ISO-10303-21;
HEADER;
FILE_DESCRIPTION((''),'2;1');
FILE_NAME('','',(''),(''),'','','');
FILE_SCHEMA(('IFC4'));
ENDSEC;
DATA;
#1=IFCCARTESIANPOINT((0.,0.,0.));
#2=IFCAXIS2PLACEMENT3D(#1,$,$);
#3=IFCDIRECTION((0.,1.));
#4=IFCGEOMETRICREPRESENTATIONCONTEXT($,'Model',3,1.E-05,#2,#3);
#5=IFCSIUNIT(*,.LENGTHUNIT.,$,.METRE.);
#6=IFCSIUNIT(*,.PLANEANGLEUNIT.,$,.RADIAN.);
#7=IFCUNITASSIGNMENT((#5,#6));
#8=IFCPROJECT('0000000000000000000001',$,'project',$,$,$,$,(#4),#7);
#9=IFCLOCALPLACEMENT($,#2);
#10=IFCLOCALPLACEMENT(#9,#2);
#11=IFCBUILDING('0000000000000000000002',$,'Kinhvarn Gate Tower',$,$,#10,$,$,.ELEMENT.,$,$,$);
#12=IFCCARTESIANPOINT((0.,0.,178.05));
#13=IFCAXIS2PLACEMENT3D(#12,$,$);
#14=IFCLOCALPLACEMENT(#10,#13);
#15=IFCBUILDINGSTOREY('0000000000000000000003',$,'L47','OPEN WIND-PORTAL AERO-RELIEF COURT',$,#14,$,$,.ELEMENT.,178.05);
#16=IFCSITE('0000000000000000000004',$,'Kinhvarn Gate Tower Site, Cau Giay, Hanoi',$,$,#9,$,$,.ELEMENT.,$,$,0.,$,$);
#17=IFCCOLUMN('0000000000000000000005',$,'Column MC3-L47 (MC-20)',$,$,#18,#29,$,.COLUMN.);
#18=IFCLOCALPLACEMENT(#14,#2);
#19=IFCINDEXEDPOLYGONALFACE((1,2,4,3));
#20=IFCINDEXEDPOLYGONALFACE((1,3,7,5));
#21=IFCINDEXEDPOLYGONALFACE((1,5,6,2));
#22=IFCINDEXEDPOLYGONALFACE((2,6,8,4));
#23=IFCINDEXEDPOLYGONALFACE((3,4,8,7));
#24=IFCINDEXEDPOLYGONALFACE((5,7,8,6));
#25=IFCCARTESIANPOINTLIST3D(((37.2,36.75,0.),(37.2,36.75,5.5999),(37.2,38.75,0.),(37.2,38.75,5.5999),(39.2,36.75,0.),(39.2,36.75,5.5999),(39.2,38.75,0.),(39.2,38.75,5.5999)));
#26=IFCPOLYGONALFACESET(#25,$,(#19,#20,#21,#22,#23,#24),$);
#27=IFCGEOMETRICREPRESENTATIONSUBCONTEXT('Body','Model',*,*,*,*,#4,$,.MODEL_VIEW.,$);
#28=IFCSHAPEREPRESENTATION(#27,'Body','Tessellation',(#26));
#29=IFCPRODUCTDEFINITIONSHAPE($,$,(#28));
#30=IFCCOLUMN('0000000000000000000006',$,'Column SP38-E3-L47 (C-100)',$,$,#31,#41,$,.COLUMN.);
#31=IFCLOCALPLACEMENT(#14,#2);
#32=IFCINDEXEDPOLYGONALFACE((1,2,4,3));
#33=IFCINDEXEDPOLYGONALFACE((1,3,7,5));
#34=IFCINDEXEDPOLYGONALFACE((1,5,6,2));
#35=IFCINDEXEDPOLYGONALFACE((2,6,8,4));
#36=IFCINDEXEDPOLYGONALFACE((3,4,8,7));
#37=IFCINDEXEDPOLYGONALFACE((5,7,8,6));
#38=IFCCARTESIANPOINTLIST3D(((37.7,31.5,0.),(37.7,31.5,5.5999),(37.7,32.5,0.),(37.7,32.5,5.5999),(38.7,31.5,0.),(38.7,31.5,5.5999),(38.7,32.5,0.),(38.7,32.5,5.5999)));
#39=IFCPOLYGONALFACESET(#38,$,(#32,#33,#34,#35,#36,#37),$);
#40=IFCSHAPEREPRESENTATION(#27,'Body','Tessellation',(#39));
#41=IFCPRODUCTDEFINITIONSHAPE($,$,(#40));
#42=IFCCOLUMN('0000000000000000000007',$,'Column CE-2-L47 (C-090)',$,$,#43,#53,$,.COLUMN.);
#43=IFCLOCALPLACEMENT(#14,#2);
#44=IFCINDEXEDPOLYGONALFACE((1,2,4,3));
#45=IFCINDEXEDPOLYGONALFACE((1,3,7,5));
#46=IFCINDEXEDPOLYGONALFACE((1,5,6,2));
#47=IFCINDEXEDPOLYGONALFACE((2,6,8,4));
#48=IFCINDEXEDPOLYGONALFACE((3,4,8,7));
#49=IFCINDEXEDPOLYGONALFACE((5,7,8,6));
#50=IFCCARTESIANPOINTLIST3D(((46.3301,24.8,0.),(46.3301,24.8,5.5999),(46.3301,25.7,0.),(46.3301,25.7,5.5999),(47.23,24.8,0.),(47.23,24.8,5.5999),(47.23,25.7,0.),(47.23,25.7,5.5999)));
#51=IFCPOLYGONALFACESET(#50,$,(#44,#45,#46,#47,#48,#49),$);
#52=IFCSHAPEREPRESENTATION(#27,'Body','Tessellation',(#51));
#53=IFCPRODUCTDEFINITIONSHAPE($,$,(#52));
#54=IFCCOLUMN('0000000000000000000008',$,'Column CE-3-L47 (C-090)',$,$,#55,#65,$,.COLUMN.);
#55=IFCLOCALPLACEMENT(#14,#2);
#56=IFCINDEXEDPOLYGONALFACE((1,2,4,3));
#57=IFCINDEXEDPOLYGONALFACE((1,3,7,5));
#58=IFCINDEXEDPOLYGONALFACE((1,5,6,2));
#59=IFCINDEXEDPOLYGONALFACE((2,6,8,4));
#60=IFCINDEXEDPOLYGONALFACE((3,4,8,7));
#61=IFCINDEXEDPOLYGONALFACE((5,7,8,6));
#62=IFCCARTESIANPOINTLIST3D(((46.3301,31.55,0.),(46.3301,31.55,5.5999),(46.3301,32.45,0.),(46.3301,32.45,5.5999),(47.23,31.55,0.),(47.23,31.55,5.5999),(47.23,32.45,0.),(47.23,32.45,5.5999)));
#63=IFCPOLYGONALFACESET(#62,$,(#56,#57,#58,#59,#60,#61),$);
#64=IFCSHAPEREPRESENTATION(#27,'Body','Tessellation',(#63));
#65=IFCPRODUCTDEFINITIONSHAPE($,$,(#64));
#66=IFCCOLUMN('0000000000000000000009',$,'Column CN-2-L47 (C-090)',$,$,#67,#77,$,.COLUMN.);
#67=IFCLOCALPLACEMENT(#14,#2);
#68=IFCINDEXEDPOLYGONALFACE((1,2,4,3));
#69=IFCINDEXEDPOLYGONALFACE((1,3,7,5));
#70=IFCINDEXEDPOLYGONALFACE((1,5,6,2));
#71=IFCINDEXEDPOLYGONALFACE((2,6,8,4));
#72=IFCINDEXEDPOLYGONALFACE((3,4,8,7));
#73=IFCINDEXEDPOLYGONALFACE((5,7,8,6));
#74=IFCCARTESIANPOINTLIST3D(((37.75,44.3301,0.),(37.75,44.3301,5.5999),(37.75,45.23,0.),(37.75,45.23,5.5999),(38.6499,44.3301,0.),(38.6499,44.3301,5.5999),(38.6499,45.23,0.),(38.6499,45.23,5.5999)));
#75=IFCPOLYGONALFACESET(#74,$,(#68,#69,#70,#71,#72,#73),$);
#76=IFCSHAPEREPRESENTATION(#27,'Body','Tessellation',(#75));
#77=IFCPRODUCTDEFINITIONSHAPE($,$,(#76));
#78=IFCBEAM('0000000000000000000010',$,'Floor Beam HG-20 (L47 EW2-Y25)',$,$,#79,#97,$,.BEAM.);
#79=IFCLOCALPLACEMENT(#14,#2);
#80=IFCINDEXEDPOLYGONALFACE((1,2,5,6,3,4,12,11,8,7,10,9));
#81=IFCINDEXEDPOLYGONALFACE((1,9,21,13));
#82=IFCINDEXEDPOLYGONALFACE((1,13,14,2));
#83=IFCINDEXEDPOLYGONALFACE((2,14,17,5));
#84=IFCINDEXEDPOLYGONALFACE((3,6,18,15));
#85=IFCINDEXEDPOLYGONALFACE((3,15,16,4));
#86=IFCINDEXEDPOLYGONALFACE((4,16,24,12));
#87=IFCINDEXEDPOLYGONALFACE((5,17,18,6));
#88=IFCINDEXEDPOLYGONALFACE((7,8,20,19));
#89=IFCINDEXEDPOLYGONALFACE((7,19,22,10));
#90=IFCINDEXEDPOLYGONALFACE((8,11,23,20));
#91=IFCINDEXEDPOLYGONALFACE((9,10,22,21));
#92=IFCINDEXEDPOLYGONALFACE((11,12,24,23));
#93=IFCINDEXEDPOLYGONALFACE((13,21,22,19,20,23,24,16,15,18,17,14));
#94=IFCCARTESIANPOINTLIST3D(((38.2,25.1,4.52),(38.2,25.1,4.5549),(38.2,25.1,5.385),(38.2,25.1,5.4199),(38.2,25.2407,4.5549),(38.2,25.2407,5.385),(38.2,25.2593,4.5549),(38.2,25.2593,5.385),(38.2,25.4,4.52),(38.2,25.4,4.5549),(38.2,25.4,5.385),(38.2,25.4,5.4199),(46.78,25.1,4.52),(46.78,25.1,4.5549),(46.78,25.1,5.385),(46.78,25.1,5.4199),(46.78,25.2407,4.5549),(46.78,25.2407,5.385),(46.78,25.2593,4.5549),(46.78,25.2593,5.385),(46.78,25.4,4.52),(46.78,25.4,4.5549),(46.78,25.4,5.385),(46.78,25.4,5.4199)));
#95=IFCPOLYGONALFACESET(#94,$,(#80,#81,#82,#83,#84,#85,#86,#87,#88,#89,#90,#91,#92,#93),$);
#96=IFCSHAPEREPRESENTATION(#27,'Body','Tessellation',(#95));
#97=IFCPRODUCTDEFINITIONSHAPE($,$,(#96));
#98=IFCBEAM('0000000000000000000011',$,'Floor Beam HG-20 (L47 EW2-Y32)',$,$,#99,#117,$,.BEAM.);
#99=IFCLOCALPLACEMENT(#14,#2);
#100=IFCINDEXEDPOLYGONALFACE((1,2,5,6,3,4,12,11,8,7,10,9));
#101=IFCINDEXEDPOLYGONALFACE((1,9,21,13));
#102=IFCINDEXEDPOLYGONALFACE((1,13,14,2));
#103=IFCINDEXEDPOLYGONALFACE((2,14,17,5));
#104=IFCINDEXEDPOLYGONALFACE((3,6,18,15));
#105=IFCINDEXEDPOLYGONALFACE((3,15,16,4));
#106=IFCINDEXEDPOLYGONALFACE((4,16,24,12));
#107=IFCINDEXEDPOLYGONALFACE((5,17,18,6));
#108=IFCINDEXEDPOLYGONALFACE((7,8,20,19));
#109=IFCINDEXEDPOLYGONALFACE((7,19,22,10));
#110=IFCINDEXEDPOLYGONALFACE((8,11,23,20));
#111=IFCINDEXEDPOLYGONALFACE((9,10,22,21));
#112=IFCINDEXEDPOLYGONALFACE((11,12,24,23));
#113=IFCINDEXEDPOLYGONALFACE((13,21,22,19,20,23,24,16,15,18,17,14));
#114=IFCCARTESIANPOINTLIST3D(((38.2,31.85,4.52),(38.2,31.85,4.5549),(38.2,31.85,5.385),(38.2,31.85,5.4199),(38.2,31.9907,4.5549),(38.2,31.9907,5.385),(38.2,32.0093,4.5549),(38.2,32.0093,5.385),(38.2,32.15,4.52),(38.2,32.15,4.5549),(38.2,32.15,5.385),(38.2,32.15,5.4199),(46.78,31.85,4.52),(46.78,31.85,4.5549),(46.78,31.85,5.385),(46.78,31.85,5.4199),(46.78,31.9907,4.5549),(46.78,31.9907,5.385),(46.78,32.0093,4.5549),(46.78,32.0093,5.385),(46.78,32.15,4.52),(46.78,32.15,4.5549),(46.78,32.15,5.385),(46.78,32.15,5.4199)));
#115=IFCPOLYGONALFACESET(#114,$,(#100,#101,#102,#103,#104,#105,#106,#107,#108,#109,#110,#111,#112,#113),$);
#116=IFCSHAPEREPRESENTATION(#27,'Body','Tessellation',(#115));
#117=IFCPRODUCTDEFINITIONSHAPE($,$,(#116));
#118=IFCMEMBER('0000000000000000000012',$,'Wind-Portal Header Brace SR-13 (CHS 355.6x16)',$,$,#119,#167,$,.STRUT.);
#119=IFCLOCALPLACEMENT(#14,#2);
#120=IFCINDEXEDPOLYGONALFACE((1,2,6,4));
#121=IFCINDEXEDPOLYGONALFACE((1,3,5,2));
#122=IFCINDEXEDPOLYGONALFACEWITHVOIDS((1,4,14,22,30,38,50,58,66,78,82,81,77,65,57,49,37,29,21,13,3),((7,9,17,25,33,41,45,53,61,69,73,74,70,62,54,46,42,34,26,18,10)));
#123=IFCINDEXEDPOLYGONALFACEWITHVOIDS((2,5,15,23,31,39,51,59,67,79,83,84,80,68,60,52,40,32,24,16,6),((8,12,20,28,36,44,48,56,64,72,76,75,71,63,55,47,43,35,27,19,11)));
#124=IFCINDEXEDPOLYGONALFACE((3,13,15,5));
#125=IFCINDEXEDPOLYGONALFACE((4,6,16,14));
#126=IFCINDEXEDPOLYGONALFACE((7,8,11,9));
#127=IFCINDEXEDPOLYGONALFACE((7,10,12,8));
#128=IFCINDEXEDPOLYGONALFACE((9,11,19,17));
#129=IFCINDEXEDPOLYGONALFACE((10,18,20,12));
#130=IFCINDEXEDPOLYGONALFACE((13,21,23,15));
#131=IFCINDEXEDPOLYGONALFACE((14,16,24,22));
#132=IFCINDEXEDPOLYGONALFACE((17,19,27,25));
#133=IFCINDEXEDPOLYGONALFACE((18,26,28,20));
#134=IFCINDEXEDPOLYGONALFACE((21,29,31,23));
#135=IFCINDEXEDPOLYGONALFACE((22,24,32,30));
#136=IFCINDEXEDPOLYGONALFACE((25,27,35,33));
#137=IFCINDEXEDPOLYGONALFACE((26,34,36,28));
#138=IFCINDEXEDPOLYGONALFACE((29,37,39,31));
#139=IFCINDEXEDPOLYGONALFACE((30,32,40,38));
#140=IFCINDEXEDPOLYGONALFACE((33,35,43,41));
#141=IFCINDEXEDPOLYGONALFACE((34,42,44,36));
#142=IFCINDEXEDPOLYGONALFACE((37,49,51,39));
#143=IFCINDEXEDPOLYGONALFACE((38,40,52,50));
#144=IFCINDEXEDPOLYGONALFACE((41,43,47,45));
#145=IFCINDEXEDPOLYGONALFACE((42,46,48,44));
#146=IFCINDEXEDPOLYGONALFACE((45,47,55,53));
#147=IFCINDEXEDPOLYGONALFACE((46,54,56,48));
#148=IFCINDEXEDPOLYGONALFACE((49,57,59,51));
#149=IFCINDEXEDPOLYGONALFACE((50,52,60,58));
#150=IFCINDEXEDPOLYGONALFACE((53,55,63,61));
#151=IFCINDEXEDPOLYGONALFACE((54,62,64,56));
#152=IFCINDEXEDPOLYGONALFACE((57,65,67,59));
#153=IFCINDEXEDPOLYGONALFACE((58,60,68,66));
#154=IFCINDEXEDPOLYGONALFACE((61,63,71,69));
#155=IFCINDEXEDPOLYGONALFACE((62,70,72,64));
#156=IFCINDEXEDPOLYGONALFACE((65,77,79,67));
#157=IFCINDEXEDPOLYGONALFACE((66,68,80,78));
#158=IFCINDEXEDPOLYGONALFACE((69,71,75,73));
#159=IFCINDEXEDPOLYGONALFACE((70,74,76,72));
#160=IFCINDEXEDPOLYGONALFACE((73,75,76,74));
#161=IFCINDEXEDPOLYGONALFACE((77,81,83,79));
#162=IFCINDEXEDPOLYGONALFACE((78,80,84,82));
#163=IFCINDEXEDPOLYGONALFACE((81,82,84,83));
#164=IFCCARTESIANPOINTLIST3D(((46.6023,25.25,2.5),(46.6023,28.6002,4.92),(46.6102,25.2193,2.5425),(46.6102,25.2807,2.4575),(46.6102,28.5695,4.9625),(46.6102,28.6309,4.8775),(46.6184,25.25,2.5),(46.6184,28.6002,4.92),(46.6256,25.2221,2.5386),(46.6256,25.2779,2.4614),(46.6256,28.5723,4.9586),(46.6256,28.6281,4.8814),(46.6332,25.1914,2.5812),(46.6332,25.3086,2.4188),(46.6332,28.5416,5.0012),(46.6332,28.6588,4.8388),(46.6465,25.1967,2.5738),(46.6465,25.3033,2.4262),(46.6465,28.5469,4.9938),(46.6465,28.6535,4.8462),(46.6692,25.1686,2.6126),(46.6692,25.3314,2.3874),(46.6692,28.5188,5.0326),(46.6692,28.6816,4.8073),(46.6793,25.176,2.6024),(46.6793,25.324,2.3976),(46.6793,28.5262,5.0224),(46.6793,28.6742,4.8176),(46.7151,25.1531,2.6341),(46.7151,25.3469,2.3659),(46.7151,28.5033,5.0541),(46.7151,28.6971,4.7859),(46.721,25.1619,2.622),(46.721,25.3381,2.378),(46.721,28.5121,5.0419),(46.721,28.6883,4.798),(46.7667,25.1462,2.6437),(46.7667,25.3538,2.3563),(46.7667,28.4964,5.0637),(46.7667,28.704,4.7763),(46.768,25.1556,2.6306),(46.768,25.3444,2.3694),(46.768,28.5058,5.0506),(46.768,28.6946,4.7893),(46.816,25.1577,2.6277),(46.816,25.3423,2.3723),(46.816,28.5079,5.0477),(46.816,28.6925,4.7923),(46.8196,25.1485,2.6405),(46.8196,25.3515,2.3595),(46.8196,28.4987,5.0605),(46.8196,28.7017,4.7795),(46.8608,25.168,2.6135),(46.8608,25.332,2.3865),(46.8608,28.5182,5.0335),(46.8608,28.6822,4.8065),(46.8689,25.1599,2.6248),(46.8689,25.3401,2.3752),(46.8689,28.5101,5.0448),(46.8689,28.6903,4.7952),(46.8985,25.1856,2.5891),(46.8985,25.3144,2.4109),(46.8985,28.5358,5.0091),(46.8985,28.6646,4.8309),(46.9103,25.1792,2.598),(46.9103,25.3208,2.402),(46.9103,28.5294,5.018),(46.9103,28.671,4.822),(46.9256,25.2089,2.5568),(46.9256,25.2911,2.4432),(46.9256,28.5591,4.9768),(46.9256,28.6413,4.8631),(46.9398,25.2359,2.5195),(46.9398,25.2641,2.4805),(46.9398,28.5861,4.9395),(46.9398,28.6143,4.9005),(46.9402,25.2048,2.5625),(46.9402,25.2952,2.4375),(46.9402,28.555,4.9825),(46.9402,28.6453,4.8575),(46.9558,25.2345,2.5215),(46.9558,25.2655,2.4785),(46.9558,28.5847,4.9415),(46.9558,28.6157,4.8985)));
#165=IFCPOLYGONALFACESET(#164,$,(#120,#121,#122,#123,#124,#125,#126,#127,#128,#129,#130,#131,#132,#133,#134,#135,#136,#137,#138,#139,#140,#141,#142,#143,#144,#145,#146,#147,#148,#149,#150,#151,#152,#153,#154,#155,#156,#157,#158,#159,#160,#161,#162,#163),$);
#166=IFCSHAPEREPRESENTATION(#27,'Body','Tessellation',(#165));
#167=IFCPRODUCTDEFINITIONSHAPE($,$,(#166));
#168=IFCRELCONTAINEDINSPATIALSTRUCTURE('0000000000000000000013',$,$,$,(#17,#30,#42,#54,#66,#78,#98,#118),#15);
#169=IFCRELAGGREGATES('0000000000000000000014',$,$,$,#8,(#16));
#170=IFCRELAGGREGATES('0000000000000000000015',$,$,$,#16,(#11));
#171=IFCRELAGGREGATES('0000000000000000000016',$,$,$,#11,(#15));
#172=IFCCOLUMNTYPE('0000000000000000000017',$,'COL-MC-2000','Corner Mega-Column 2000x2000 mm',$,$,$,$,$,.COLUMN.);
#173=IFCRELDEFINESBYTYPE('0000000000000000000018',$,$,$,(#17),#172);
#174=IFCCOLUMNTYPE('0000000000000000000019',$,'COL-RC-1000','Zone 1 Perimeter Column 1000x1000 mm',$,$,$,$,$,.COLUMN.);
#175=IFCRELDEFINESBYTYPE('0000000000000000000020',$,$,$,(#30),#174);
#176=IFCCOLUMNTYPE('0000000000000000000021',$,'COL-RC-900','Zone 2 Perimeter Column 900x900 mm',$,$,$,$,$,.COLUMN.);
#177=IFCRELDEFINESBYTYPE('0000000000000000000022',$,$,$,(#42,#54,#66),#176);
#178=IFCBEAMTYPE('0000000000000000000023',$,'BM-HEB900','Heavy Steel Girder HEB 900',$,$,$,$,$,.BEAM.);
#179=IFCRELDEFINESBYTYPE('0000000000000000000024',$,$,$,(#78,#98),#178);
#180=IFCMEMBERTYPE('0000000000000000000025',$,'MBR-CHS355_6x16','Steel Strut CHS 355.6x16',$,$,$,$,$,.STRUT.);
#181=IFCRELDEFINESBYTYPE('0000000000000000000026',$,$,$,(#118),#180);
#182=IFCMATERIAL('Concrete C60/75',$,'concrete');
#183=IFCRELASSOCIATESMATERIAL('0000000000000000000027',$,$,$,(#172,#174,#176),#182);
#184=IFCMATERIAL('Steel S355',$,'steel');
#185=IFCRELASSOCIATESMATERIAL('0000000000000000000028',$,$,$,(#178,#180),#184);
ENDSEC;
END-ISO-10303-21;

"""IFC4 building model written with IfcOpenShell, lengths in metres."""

from ifc_helpers import new_model, si_unit, direction, frame, origin, origin_2d, place, context, subcontext, project, spatial, rectangle, hollow_circle, i_section, extrude, material, material_profile, profile_set, type_object, element, save


model = new_model("IFC4")

# Units and contexts
model_context = context("Model", 3, precision=1e-05, world=origin(), true_north=direction((0.0, 1.0)))
body_context = subcontext(model_context, "Body", "Model", "MODEL_VIEW")
ifc_project = project(units=[si_unit("LENGTHUNIT", "METRE"), si_unit("PLANEANGLEUNIT", "RADIAN")], contexts=[model_context])

# Site, building, storey
site_placement = place(None, origin())
site = spatial("IfcSite", under=ifc_project, at=site_placement, Name="Kinhvarn Gate Tower Site, Cau Giay, Hanoi", CompositionType="ELEMENT", RefElevation=0.0)
building_placement = place(site_placement, origin())
building = spatial("IfcBuilding", under=site, at=building_placement, Name="Kinhvarn Gate Tower", CompositionType="ELEMENT")
storey_placement = place(building_placement, frame((0.0, 0.0, 178.05)))
storey = spatial("IfcBuildingStorey", under=building, at=storey_placement, Name="L47", Description="OPEN WIND-PORTAL AERO-RELIEF COURT", CompositionType="ELEMENT", Elevation=178.05)

# Columns
ifc_material_1 = material(Name="Concrete C60/75", Category="concrete")
ifc_material_profile_1 = material_profile(ifc_material_1, rectangle(XDim=2.0, YDim=2.0, at=origin_2d()), Name="RC 2000x2000")
ifc_profile_set_1 = profile_set([ifc_material_profile_1], Name="Concrete C60/75")
column_type_1 = type_object("IfcColumnType", Name="COL-MC-2000", Description="Corner Mega-Column 2000x2000 mm", PredefinedType="COLUMN", material=ifc_profile_set_1)
column_1_placement = place(storey_placement, frame((38.2, 37.75, 0.0), z_axis=(0.0, 0.0, 1.0), x_axis=(1.0, 0.0, 0.0)))
element("IfcColumn", 1, at=column_1_placement, inside=storey, type_object=column_type_1, Name="Column MC3-L47 (MC-20)", PredefinedType="COLUMN", context=body_context, shape_type="SweptSolid", body=[
    extrude(rectangle(XDim=2.0, YDim=2.0, at=origin_2d()), origin(), (0.0, 0.0, 1.0), 5.5999),
])
ifc_material_profile_2 = material_profile(ifc_material_1, rectangle(XDim=1.0, YDim=1.0, at=origin_2d()), Name="RC 1000x1000")
ifc_profile_set_2 = profile_set([ifc_material_profile_2], Name="Concrete C60/75")
column_type_2 = type_object("IfcColumnType", Name="COL-RC-1000", Description="Zone 1 Perimeter Column 1000x1000 mm", PredefinedType="COLUMN", material=ifc_profile_set_2)
column_2_placement = place(storey_placement, frame((38.2, 32.0, 0.0), z_axis=(0.0, 0.0, 1.0), x_axis=(1.0, 0.0, 0.0)))
element("IfcColumn", 2, at=column_2_placement, inside=storey, type_object=column_type_2, Name="Column SP38-E3-L47 (C-100)", PredefinedType="COLUMN", context=body_context, shape_type="SweptSolid", body=[
    extrude(rectangle(XDim=1.0, YDim=1.0, at=origin_2d()), origin(), (0.0, 0.0, 1.0), 5.5999),
])
ifc_material_profile_3 = material_profile(ifc_material_1, rectangle(XDim=0.8999, YDim=0.8999, at=origin_2d()), Name="RC 900x900")
ifc_profile_set_3 = profile_set([ifc_material_profile_3], Name="Concrete C60/75")
column_type_3 = type_object("IfcColumnType", Name="COL-RC-900", Description="Zone 2 Perimeter Column 900x900 mm", PredefinedType="COLUMN", material=ifc_profile_set_3)
for number, where, z_axis, x_axis, name in (
    (3, (46.78, 25.25, 0.0), (0.0, 0.0, 1.0), (1.0, 0.0, 0.0), "Column CE-2-L47 (C-090)"),
    (4, (46.78, 32.0, 0.0), (0.0, 0.0, 1.0), (1.0, 0.0, 0.0), "Column CE-3-L47 (C-090)"),
    (5, (38.2, 44.78, 0.0), (0.0, 0.0, 1.0), (1.0, 0.0, 0.0), "Column CN-2-L47 (C-090)"),
):
    element("IfcColumn", number, at=place(storey_placement, frame(where, z_axis=z_axis, x_axis=x_axis)), inside=storey, type_object=column_type_3, Name=name, PredefinedType="COLUMN", context=body_context, shape_type="SweptSolid", body=[
        extrude(rectangle(XDim=0.8999, YDim=0.8999, at=origin_2d()), origin(), (0.0, 0.0, 1.0), 5.5999),
    ])

# Beams
ifc_material_2 = material(Name="Steel S355", Category="steel")
ifc_material_profile_4 = material_profile(ifc_material_2, i_section(OverallWidth=0.3, OverallDepth=0.8999, WebThickness=0.0186, FlangeThickness=0.0349, at=origin_2d()), Name="HEB 900")
ifc_profile_set_4 = profile_set([ifc_material_profile_4], Name="Steel S355")
beam_type_1 = type_object("IfcBeamType", Name="BM-HEB900", Description="Heavy Steel Girder HEB 900", PredefinedType="BEAM", material=ifc_profile_set_4)
for number, where, z_axis, x_axis, name in (
    (6, (38.2, 25.25, 4.97), (1.0, 0.0, 0.0), (0.0, 1.0, 0.0), "Floor Beam HG-20 (L47 EW2-Y25)"),
    (7, (38.2, 32.0, 4.97), (1.0, 0.0, 0.0), (0.0, 1.0, 0.0), "Floor Beam HG-20 (L47 EW2-Y32)"),
):
    element("IfcBeam", number, at=place(storey_placement, frame(where, z_axis=z_axis, x_axis=x_axis)), inside=storey, type_object=beam_type_1, Name=name, PredefinedType="BEAM", context=body_context, shape_type="SweptSolid", body=[
        extrude(i_section(OverallWidth=0.3, OverallDepth=0.8999, WebThickness=0.0186, FlangeThickness=0.0349, at=origin_2d()), origin(), (0.0, 0.0, 1.0), 8.5801),
    ])

# Member
ifc_material_profile_5 = material_profile(ifc_material_2, hollow_circle(Radius=0.1777, WallThickness=0.0161, at=origin_2d()), Name="CHS 355.6x16")
ifc_profile_set_5 = profile_set([ifc_material_profile_5], Name="Steel S355")
member_type_1 = type_object("IfcMemberType", Name="MBR-CHS355_6x16", Description="Steel Strut CHS 355.6x16", PredefinedType="STRUT", material=ifc_profile_set_5)
member_1_placement = place(storey_placement, frame((46.78, 25.25, 2.5), z_axis=(0.0, 0.810632, 0.585555), x_axis=(-1.0, 0.0, 0.0)))
element("IfcMember", 8, at=member_1_placement, inside=storey, type_object=member_type_1, Name="Wind-Portal Header Brace SR-13 (CHS 355.6x16)", PredefinedType="STRUT", context=body_context, shape_type="SweptSolid", body=[
    extrude(hollow_circle(Radius=0.1777, WallThickness=0.0161, at=origin_2d()), origin(), (0.0, 0.0, 1.0), 4.1328),
])

save(model, "model.ifc")
